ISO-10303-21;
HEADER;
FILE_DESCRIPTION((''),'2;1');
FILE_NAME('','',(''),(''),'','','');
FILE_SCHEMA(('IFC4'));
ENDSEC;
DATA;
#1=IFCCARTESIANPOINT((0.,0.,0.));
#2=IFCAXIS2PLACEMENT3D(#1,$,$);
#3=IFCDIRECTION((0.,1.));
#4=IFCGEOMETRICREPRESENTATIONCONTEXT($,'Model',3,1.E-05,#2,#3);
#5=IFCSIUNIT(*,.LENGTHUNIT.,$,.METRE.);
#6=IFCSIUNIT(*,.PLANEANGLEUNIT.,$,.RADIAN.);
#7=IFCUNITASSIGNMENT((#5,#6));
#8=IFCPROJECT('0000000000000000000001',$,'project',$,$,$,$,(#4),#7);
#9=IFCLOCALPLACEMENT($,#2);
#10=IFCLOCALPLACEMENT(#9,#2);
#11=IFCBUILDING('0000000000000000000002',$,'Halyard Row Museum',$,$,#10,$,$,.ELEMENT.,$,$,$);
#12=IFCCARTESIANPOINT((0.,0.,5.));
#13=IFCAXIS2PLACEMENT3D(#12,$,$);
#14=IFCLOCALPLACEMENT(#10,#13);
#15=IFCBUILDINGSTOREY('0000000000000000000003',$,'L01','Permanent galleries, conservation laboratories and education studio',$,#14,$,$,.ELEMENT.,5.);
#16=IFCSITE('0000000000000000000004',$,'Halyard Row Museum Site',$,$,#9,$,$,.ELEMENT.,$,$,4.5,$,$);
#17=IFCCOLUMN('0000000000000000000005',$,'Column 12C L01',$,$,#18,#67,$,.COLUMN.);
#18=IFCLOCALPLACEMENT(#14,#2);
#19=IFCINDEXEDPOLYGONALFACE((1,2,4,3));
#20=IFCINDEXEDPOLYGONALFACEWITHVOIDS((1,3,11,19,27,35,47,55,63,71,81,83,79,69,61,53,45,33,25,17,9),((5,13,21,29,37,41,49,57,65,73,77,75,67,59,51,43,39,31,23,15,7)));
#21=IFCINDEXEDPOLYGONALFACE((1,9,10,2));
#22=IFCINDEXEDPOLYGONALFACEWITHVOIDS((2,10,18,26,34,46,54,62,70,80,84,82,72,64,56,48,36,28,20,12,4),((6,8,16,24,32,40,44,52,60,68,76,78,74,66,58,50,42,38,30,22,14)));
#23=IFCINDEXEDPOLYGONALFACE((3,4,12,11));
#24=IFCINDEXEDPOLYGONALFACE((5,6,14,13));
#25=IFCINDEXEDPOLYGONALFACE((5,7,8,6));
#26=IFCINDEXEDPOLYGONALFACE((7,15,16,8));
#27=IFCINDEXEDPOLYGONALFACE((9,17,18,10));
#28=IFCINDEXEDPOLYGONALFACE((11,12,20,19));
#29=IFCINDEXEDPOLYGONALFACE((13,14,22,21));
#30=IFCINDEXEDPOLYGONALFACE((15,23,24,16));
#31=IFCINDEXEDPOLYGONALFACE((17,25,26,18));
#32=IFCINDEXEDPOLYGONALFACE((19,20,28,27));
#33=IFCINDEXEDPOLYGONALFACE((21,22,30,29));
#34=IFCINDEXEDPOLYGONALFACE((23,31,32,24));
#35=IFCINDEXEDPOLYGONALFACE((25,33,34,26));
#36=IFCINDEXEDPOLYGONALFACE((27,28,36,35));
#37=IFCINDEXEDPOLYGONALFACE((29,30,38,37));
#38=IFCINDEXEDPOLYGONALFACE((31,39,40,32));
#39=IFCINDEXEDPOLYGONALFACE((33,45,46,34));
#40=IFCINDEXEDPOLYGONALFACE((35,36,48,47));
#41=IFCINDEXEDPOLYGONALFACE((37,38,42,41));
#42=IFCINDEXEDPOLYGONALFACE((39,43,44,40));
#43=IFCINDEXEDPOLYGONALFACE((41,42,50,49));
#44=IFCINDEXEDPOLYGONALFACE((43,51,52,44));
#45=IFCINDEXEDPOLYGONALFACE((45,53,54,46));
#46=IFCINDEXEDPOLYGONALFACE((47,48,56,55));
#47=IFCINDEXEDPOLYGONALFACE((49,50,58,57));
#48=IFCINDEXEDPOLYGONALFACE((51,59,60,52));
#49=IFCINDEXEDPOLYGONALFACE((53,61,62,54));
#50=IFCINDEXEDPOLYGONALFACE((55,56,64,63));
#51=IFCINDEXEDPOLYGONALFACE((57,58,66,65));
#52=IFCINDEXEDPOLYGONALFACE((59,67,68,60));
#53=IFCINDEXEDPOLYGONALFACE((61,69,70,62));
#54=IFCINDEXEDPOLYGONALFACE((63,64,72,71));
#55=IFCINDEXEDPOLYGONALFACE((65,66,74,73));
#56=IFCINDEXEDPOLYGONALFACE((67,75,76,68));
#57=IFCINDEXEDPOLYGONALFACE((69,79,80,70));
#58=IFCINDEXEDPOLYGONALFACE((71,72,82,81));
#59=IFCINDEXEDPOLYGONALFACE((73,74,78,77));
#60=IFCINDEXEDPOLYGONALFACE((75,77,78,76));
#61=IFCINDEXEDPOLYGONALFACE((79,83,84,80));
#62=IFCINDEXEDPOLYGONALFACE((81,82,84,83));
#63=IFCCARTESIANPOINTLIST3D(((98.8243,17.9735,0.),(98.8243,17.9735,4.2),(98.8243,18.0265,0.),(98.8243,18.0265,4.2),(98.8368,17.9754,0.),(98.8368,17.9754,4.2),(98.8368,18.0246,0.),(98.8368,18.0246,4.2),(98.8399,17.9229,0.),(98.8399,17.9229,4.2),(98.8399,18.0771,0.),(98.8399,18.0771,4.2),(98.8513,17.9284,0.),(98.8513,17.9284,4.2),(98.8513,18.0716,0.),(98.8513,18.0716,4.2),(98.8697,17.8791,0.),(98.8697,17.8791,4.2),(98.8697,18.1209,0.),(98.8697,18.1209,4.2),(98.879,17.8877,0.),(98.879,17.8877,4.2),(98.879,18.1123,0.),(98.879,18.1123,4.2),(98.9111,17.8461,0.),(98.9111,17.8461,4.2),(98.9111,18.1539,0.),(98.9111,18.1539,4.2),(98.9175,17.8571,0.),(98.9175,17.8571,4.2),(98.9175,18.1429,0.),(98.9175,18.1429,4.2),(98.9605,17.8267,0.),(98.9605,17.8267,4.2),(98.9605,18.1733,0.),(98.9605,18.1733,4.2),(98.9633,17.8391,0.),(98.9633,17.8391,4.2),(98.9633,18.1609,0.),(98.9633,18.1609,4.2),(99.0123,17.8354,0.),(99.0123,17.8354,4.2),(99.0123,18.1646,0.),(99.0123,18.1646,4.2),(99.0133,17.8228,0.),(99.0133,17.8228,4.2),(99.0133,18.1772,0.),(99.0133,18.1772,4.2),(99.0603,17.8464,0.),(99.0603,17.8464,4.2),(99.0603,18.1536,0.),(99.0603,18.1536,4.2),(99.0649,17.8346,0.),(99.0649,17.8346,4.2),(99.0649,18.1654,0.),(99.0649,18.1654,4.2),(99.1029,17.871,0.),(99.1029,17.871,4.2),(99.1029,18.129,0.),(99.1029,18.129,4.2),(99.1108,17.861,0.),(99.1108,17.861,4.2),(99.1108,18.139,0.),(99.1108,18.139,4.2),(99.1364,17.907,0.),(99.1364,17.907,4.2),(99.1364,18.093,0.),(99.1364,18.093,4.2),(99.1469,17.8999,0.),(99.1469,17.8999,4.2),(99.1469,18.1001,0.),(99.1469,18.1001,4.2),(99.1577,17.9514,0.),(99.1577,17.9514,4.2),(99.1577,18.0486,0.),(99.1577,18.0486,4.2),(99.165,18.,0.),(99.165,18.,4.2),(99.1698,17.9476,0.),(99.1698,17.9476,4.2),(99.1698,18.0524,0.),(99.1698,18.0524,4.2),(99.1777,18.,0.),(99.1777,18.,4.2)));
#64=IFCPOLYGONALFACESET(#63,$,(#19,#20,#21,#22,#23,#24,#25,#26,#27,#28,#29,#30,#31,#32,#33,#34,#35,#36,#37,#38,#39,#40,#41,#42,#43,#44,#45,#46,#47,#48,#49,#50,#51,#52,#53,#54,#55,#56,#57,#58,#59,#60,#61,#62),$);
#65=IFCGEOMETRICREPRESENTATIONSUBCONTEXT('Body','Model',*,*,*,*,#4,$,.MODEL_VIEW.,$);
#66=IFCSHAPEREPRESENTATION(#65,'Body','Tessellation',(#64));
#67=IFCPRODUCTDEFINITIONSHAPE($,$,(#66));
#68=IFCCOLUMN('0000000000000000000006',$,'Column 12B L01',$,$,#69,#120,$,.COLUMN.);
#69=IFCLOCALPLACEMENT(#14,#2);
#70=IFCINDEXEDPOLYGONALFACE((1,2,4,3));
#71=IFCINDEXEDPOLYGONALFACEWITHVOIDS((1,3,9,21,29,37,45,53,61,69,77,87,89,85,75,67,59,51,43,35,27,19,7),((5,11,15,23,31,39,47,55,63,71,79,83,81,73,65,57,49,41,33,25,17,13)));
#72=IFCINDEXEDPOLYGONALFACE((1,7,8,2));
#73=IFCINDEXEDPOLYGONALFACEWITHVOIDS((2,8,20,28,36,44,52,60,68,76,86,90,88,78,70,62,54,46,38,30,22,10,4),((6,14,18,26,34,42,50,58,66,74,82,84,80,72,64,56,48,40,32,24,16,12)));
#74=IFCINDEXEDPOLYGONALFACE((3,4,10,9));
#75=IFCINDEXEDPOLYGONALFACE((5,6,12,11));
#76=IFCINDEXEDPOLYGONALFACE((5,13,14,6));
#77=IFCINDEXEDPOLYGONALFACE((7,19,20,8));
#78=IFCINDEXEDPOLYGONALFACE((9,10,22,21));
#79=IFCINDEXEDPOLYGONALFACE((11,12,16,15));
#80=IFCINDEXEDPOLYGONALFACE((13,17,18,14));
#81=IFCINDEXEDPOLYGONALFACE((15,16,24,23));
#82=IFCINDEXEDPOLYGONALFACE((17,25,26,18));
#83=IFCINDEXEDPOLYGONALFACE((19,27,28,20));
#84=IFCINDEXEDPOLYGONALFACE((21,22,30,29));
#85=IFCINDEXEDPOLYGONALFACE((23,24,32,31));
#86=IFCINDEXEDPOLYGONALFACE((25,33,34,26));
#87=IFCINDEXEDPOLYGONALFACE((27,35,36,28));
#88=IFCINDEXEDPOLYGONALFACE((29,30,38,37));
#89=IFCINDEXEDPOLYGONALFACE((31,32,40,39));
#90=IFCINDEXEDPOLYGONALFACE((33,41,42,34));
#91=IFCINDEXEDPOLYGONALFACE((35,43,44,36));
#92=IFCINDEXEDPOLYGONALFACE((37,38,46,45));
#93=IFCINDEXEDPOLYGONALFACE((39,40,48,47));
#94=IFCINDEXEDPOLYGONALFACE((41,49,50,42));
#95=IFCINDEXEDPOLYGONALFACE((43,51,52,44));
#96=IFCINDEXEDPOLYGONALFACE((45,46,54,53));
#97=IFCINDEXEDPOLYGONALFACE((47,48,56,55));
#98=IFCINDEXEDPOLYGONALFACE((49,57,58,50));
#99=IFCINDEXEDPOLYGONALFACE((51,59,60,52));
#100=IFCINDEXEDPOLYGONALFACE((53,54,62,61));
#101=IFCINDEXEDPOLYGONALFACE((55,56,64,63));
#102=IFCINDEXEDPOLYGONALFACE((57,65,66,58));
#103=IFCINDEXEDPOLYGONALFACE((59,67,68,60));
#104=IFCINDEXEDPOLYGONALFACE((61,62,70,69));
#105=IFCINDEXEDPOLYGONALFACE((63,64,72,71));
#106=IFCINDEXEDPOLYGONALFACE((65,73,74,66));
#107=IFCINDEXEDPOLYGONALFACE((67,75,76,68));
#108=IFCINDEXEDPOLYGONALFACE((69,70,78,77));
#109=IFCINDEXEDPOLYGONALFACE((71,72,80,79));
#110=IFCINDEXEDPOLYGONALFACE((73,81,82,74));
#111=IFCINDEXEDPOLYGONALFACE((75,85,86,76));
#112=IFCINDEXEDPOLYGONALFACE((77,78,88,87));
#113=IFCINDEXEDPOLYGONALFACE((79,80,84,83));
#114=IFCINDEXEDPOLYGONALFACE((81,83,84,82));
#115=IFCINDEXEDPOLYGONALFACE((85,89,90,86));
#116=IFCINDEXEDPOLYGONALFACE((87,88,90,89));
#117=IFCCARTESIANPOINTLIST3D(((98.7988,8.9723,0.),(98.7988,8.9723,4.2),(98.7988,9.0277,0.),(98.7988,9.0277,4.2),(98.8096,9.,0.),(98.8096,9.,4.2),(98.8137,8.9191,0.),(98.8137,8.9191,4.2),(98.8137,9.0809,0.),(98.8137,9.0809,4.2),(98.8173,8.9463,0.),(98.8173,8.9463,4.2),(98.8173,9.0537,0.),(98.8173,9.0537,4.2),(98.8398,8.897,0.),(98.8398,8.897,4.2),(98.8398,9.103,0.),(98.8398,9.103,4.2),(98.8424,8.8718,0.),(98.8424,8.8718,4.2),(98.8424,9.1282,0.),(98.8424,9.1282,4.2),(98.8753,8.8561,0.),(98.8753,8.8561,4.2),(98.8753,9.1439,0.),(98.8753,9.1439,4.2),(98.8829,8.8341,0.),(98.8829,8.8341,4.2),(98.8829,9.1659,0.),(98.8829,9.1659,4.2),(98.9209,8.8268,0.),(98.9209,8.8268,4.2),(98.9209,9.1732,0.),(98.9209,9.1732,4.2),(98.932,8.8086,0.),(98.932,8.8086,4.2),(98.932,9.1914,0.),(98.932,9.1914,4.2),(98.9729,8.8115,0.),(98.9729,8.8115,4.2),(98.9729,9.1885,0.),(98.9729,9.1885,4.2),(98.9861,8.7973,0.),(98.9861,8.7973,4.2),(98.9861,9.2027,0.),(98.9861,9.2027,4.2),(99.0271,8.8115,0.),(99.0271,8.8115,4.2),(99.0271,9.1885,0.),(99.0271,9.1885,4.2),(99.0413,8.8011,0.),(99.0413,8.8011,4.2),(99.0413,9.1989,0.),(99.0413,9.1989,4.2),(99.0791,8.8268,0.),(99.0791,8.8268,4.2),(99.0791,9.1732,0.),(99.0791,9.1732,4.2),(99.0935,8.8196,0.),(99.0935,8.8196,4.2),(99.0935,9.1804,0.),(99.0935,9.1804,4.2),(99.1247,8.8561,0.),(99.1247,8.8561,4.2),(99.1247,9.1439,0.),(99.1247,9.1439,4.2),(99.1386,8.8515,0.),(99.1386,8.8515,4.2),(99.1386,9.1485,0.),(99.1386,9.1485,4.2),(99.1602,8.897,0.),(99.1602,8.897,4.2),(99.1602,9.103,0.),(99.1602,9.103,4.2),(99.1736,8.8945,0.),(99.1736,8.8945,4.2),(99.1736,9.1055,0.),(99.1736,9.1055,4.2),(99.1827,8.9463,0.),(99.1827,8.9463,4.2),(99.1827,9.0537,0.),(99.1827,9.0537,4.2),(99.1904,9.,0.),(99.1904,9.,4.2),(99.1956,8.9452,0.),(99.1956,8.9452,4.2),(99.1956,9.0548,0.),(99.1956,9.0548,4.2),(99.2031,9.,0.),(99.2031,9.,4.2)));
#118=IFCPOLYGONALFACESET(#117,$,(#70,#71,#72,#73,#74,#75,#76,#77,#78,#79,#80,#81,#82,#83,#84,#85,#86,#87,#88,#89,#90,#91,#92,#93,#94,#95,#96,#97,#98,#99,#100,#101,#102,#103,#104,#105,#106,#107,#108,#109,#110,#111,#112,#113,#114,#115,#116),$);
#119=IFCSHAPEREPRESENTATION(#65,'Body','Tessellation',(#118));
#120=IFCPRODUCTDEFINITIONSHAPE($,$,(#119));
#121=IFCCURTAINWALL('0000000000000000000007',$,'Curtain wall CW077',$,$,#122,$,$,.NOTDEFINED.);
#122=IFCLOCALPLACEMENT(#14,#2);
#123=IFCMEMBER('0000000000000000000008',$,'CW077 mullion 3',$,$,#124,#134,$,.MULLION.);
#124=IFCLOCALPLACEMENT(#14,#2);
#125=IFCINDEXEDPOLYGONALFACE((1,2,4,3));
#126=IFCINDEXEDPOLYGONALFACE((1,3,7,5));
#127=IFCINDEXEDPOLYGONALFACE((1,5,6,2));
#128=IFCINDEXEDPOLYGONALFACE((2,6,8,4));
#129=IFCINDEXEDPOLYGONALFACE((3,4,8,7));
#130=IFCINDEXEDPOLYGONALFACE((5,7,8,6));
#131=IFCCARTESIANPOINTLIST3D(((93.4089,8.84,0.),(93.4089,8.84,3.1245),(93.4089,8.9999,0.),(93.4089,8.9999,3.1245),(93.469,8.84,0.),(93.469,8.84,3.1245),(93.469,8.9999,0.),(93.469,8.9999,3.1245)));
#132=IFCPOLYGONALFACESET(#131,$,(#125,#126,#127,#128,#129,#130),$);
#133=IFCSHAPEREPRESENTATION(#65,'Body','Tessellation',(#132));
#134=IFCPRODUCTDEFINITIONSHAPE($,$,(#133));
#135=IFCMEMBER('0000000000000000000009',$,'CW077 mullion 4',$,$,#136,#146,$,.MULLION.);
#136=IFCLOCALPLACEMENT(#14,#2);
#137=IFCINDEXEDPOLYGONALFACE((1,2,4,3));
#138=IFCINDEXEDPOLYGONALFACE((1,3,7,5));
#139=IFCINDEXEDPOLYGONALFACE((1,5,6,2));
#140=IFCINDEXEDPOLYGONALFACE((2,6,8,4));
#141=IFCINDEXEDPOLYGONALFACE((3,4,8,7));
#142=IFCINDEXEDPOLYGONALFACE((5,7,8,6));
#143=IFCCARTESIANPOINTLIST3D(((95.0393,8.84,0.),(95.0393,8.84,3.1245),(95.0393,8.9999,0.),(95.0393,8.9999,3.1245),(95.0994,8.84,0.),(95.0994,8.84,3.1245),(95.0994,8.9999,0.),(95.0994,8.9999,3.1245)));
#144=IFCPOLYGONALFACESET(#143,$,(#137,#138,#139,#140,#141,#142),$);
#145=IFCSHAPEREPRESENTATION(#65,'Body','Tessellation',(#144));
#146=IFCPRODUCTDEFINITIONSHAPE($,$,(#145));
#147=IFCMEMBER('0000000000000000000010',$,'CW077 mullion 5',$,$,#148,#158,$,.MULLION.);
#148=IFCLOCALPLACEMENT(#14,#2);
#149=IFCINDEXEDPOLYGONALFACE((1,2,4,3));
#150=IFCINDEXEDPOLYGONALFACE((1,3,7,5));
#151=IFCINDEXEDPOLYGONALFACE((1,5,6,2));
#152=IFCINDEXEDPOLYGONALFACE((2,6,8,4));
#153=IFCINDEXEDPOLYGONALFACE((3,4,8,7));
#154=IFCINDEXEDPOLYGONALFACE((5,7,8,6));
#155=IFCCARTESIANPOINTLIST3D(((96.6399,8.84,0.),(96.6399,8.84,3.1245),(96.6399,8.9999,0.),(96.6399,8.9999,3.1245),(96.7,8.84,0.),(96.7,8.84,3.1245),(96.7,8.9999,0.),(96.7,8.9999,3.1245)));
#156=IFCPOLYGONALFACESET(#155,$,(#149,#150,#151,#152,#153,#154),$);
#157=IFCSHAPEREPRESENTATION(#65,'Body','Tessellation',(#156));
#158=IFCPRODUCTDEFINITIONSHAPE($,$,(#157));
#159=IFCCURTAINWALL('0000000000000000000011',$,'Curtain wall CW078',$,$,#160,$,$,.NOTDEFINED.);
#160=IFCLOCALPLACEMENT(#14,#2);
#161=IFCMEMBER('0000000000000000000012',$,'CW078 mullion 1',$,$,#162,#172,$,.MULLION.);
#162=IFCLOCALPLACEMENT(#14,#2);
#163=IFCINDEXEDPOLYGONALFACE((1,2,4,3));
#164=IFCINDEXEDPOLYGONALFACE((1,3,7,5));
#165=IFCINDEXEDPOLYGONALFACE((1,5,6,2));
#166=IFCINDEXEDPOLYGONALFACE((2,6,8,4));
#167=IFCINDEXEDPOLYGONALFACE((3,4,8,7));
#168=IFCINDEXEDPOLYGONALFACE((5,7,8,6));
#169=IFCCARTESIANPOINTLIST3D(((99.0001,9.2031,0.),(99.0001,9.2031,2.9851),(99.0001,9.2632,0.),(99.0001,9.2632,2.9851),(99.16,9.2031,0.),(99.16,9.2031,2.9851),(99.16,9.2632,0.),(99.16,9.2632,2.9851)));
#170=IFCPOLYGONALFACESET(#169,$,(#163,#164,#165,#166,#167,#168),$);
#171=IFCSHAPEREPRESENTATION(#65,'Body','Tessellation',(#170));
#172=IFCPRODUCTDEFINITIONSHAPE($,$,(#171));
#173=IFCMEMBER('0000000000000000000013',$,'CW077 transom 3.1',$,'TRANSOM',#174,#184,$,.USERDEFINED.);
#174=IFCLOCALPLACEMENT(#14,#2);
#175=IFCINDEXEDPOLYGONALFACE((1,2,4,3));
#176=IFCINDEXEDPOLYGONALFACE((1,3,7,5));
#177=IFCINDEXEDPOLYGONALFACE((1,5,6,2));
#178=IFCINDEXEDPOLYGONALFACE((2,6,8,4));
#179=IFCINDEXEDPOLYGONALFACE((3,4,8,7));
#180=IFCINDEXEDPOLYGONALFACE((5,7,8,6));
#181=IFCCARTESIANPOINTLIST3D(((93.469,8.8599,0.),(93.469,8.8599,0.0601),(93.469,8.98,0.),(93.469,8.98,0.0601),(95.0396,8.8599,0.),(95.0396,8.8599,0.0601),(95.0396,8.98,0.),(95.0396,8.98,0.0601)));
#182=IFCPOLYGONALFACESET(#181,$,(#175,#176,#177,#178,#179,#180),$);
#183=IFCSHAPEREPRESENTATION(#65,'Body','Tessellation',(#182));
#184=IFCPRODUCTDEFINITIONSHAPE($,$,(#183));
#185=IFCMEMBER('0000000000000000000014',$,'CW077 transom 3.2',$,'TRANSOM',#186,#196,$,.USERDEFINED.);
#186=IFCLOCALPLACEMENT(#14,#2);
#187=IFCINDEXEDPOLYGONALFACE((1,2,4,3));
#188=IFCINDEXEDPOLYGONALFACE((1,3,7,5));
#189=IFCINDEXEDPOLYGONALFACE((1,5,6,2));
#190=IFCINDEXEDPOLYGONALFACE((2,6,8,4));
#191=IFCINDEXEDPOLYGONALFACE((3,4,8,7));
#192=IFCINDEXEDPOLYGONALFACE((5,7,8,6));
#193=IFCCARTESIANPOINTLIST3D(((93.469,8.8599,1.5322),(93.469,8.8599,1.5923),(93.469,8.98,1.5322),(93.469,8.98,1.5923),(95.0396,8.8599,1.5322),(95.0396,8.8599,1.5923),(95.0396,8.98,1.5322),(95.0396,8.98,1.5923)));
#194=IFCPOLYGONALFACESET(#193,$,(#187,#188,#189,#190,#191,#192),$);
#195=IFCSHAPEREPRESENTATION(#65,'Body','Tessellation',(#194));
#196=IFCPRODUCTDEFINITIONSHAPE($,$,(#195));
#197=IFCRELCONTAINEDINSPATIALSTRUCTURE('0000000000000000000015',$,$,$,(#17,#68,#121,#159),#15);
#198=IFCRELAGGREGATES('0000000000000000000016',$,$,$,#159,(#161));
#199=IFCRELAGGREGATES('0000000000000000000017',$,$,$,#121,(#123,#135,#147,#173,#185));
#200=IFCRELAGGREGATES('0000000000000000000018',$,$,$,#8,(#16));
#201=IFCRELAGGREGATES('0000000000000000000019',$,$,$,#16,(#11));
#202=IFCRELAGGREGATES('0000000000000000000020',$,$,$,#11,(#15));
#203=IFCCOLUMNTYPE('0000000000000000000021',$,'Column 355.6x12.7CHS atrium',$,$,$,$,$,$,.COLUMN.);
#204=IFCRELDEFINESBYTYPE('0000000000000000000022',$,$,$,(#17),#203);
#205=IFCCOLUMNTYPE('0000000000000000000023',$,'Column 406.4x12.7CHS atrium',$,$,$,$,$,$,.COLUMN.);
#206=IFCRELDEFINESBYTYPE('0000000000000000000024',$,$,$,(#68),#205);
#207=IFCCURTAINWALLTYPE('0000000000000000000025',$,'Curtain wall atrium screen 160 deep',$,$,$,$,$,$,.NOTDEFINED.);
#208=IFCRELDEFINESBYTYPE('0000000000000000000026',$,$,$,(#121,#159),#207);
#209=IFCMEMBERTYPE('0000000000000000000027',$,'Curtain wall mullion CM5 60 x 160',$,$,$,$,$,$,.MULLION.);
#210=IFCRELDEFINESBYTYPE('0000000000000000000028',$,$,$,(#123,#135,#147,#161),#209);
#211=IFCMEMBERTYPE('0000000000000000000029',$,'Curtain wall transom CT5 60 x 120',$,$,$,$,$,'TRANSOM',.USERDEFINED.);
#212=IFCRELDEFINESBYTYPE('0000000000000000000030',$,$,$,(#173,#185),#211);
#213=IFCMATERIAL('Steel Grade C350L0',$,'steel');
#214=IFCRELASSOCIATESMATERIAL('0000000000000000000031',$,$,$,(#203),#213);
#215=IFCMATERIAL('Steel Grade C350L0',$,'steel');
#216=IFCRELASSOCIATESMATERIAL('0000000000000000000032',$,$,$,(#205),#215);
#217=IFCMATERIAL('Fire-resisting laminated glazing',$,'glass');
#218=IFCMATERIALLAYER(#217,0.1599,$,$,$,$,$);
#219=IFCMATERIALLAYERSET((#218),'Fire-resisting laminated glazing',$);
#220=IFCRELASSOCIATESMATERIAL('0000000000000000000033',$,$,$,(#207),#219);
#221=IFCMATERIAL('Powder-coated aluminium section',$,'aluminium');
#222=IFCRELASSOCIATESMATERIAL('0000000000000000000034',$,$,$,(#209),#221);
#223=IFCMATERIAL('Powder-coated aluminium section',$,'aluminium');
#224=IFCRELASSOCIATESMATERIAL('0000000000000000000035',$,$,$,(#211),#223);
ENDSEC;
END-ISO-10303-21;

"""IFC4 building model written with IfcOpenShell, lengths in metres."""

from ifc_helpers import new_model, si_unit, direction, frame, origin, origin_2d, place, context, subcontext, project, spatial, rectangle, hollow_circle, extrude, material, layer, layer_set, material_profile, profile_set, type_object, element, aggregate, save


model = new_model("IFC4")

# Units and contexts
model_context = context("Model", 3, precision=1e-05, world=origin(), true_north=direction((0.0, 1.0)))
body_context = subcontext(model_context, "Body", "Model", "MODEL_VIEW")
ifc_project = project(units=[si_unit("LENGTHUNIT", "METRE"), si_unit("PLANEANGLEUNIT", "RADIAN")], contexts=[model_context])

# Site, building, storey
site_placement = place(None, origin())
site = spatial("IfcSite", under=ifc_project, at=site_placement, Name="Halyard Row Museum Site", CompositionType="ELEMENT", RefElevation=4.5)
building_placement = place(site_placement, origin())
building = spatial("IfcBuilding", under=site, at=building_placement, Name="Halyard Row Museum", CompositionType="ELEMENT")
storey_placement = place(building_placement, frame((0.0, 0.0, 5.0)))
storey = spatial("IfcBuildingStorey", under=building, at=storey_placement, Name="L01", Description="Permanent galleries, conservation laboratories and education studio", CompositionType="ELEMENT", Elevation=5.0)

# Columns
ifc_material_1 = material(Name="Steel Grade C350L0", Category="steel")
ifc_material_profile_1 = material_profile(ifc_material_1, hollow_circle(Radius=0.1777, WallThickness=0.0127, at=origin_2d()), Name="355.6x12.7CHS")
ifc_profile_set_1 = profile_set([ifc_material_profile_1], Name="Steel Grade C350L0")
column_type_1 = type_object("IfcColumnType", Name="Column 355.6x12.7CHS atrium", PredefinedType="COLUMN", material=ifc_profile_set_1)
column_1_placement = place(storey_placement, frame((99.0, 18.0, 0.0), z_axis=(0.0, 0.0, 1.0), x_axis=(1.0, 0.0, 0.0)))
element("IfcColumn", 1, at=column_1_placement, inside=storey, type_object=column_type_1, Name="Column 12C L01", PredefinedType="COLUMN", context=body_context, shape_type="SweptSolid", body=[
    extrude(hollow_circle(Radius=0.1777, WallThickness=0.0127, at=origin_2d()), origin(), (0.0, 0.0, 1.0), 4.2),
])
ifc_material_2 = material(Name="Steel Grade C350L0", Category="steel")
ifc_material_profile_2 = material_profile(ifc_material_2, hollow_circle(Radius=0.2031, WallThickness=0.0127, at=origin_2d()), Name="406.4x12.7CHS")
ifc_profile_set_2 = profile_set([ifc_material_profile_2], Name="Steel Grade C350L0")
column_type_2 = type_object("IfcColumnType", Name="Column 406.4x12.7CHS atrium", PredefinedType="COLUMN", material=ifc_profile_set_2)
column_2_placement = place(storey_placement, frame((99.0, 9.0, 0.0), z_axis=(0.0, 0.0, 1.0), x_axis=(1.0, 0.0, 0.0)))
element("IfcColumn", 2, at=column_2_placement, inside=storey, type_object=column_type_2, Name="Column 12B L01", PredefinedType="COLUMN", context=body_context, shape_type="SweptSolid", body=[
    extrude(hollow_circle(Radius=0.2031, WallThickness=0.0127, at=origin_2d()), origin(), (0.0, 0.0, 1.0), 4.2),
])

# Curtain wall, members
ifc_material_3 = material(Name="Fire-resisting laminated glazing", Category="glass")
ifc_layer_1 = layer(ifc_material_3, 0.1599)
ifc_layer_set_1 = layer_set([ifc_layer_1], Name="Fire-resisting laminated glazing")
curtain_wall_type = type_object("IfcCurtainWallType", Name="Curtain wall atrium screen 160 deep", PredefinedType="NOTDEFINED", material=ifc_layer_set_1)
curtain_wall_1_placement = place(storey_placement, origin())
curtain_wall_1 = element("IfcCurtainWall", 3, at=curtain_wall_1_placement, inside=storey, type_object=curtain_wall_type, Name="Curtain wall CW077", PredefinedType="NOTDEFINED")
ifc_material_4 = material(Name="Powder-coated aluminium section", Category="aluminium")
ifc_material_profile_3 = material_profile(ifc_material_4, rectangle(XDim=0.1599, YDim=0.0601, at=origin_2d()), Name="160x60 mullion")
ifc_profile_set_3 = profile_set([ifc_material_profile_3], Name="Powder-coated aluminium section")
member_type_1 = type_object("IfcMemberType", Name="Curtain wall mullion CM5 60 x 160", PredefinedType="MULLION", material=ifc_profile_set_3)
member_1_placement = place(storey_placement, frame((93.439, 8.9199, 0.0), z_axis=(0.0, 0.0, 1.0), x_axis=(0.0, 1.0, 0.0)))
member_1 = element("IfcMember", 4, at=member_1_placement, type_object=member_type_1, Name="CW077 mullion 3", PredefinedType="MULLION", context=body_context, shape_type="SweptSolid", body=[
    extrude(rectangle(XDim=0.1599, YDim=0.0601, at=origin_2d()), origin(), (0.0, 0.0, 1.0), 3.1245),
])
member_2_placement = place(storey_placement, frame((95.0693, 8.9199, 0.0), z_axis=(0.0, 0.0, 1.0), x_axis=(0.0, 1.0, 0.0)))
member_2 = element("IfcMember", 5, at=member_2_placement, type_object=member_type_1, Name="CW077 mullion 4", PredefinedType="MULLION", context=body_context, shape_type="SweptSolid", body=[
    extrude(rectangle(XDim=0.1599, YDim=0.0601, at=origin_2d()), origin(), (0.0, 0.0, 1.0), 3.1245),
])
member_3_placement = place(storey_placement, frame((96.6699, 8.9199, 0.0), z_axis=(0.0, 0.0, 1.0), x_axis=(0.0, 1.0, 0.0)))
member_3 = element("IfcMember", 6, at=member_3_placement, type_object=member_type_1, Name="CW077 mullion 5", PredefinedType="MULLION", context=body_context, shape_type="SweptSolid", body=[
    extrude(rectangle(XDim=0.1599, YDim=0.0601, at=origin_2d()), origin(), (0.0, 0.0, 1.0), 3.1245),
])

# Curtain wall, member
curtain_wall_2_placement = place(storey_placement, origin())
curtain_wall_2 = element("IfcCurtainWall", 7, at=curtain_wall_2_placement, inside=storey, type_object=curtain_wall_type, Name="Curtain wall CW078", PredefinedType="NOTDEFINED")
member_4_placement = place(storey_placement, frame((99.0801, 9.2332, 0.0), z_axis=(0.0, 0.0, 1.0), x_axis=(-1.0, 0.0, 0.0)))
member_4 = element("IfcMember", 8, at=member_4_placement, type_object=member_type_1, Name="CW078 mullion 1", PredefinedType="MULLION", context=body_context, shape_type="SweptSolid", body=[
    extrude(rectangle(XDim=0.1599, YDim=0.0601, at=origin_2d()), origin(), (0.0, 0.0, 1.0), 2.9851),
])

# Members
ifc_material_5 = material(Name="Powder-coated aluminium section", Category="aluminium")
ifc_material_profile_4 = material_profile(ifc_material_5, rectangle(XDim=0.1201, YDim=0.0601, at=origin_2d()), Name="120x60 transom")
ifc_profile_set_4 = profile_set([ifc_material_profile_4], Name="Powder-coated aluminium section")
member_type_2 = type_object("IfcMemberType", Name="Curtain wall transom CT5 60 x 120", ElementType="TRANSOM", PredefinedType="USERDEFINED", material=ifc_profile_set_4)
member_5_placement = place(storey_placement, frame((93.469, 8.9199, 0.03), z_axis=(1.0, 0.0, 0.0), x_axis=(0.0, 1.0, 0.0)))
member_5 = element("IfcMember", 9, at=member_5_placement, type_object=member_type_2, Name="CW077 transom 3.1", ObjectType="TRANSOM", PredefinedType="USERDEFINED", context=body_context, shape_type="SweptSolid", body=[
    extrude(rectangle(XDim=0.1201, YDim=0.0601, at=origin_2d()), origin(), (0.0, 0.0, 1.0), 1.5706),
])
member_6_placement = place(storey_placement, frame((93.469, 8.9199, 1.5623), z_axis=(1.0, 0.0, 0.0), x_axis=(0.0, 1.0, 0.0)))
member_6 = element("IfcMember", 10, at=member_6_placement, type_object=member_type_2, Name="CW077 transom 3.2", ObjectType="TRANSOM", PredefinedType="USERDEFINED", context=body_context, shape_type="SweptSolid", body=[
    extrude(rectangle(XDim=0.1201, YDim=0.0601, at=origin_2d()), origin(), (0.0, 0.0, 1.0), 1.5706),
])
aggregate(curtain_wall_2, [member_4])

aggregate(curtain_wall_1, [member_1, member_2, member_3, member_5, member_6])

save(model, "model.ifc")
